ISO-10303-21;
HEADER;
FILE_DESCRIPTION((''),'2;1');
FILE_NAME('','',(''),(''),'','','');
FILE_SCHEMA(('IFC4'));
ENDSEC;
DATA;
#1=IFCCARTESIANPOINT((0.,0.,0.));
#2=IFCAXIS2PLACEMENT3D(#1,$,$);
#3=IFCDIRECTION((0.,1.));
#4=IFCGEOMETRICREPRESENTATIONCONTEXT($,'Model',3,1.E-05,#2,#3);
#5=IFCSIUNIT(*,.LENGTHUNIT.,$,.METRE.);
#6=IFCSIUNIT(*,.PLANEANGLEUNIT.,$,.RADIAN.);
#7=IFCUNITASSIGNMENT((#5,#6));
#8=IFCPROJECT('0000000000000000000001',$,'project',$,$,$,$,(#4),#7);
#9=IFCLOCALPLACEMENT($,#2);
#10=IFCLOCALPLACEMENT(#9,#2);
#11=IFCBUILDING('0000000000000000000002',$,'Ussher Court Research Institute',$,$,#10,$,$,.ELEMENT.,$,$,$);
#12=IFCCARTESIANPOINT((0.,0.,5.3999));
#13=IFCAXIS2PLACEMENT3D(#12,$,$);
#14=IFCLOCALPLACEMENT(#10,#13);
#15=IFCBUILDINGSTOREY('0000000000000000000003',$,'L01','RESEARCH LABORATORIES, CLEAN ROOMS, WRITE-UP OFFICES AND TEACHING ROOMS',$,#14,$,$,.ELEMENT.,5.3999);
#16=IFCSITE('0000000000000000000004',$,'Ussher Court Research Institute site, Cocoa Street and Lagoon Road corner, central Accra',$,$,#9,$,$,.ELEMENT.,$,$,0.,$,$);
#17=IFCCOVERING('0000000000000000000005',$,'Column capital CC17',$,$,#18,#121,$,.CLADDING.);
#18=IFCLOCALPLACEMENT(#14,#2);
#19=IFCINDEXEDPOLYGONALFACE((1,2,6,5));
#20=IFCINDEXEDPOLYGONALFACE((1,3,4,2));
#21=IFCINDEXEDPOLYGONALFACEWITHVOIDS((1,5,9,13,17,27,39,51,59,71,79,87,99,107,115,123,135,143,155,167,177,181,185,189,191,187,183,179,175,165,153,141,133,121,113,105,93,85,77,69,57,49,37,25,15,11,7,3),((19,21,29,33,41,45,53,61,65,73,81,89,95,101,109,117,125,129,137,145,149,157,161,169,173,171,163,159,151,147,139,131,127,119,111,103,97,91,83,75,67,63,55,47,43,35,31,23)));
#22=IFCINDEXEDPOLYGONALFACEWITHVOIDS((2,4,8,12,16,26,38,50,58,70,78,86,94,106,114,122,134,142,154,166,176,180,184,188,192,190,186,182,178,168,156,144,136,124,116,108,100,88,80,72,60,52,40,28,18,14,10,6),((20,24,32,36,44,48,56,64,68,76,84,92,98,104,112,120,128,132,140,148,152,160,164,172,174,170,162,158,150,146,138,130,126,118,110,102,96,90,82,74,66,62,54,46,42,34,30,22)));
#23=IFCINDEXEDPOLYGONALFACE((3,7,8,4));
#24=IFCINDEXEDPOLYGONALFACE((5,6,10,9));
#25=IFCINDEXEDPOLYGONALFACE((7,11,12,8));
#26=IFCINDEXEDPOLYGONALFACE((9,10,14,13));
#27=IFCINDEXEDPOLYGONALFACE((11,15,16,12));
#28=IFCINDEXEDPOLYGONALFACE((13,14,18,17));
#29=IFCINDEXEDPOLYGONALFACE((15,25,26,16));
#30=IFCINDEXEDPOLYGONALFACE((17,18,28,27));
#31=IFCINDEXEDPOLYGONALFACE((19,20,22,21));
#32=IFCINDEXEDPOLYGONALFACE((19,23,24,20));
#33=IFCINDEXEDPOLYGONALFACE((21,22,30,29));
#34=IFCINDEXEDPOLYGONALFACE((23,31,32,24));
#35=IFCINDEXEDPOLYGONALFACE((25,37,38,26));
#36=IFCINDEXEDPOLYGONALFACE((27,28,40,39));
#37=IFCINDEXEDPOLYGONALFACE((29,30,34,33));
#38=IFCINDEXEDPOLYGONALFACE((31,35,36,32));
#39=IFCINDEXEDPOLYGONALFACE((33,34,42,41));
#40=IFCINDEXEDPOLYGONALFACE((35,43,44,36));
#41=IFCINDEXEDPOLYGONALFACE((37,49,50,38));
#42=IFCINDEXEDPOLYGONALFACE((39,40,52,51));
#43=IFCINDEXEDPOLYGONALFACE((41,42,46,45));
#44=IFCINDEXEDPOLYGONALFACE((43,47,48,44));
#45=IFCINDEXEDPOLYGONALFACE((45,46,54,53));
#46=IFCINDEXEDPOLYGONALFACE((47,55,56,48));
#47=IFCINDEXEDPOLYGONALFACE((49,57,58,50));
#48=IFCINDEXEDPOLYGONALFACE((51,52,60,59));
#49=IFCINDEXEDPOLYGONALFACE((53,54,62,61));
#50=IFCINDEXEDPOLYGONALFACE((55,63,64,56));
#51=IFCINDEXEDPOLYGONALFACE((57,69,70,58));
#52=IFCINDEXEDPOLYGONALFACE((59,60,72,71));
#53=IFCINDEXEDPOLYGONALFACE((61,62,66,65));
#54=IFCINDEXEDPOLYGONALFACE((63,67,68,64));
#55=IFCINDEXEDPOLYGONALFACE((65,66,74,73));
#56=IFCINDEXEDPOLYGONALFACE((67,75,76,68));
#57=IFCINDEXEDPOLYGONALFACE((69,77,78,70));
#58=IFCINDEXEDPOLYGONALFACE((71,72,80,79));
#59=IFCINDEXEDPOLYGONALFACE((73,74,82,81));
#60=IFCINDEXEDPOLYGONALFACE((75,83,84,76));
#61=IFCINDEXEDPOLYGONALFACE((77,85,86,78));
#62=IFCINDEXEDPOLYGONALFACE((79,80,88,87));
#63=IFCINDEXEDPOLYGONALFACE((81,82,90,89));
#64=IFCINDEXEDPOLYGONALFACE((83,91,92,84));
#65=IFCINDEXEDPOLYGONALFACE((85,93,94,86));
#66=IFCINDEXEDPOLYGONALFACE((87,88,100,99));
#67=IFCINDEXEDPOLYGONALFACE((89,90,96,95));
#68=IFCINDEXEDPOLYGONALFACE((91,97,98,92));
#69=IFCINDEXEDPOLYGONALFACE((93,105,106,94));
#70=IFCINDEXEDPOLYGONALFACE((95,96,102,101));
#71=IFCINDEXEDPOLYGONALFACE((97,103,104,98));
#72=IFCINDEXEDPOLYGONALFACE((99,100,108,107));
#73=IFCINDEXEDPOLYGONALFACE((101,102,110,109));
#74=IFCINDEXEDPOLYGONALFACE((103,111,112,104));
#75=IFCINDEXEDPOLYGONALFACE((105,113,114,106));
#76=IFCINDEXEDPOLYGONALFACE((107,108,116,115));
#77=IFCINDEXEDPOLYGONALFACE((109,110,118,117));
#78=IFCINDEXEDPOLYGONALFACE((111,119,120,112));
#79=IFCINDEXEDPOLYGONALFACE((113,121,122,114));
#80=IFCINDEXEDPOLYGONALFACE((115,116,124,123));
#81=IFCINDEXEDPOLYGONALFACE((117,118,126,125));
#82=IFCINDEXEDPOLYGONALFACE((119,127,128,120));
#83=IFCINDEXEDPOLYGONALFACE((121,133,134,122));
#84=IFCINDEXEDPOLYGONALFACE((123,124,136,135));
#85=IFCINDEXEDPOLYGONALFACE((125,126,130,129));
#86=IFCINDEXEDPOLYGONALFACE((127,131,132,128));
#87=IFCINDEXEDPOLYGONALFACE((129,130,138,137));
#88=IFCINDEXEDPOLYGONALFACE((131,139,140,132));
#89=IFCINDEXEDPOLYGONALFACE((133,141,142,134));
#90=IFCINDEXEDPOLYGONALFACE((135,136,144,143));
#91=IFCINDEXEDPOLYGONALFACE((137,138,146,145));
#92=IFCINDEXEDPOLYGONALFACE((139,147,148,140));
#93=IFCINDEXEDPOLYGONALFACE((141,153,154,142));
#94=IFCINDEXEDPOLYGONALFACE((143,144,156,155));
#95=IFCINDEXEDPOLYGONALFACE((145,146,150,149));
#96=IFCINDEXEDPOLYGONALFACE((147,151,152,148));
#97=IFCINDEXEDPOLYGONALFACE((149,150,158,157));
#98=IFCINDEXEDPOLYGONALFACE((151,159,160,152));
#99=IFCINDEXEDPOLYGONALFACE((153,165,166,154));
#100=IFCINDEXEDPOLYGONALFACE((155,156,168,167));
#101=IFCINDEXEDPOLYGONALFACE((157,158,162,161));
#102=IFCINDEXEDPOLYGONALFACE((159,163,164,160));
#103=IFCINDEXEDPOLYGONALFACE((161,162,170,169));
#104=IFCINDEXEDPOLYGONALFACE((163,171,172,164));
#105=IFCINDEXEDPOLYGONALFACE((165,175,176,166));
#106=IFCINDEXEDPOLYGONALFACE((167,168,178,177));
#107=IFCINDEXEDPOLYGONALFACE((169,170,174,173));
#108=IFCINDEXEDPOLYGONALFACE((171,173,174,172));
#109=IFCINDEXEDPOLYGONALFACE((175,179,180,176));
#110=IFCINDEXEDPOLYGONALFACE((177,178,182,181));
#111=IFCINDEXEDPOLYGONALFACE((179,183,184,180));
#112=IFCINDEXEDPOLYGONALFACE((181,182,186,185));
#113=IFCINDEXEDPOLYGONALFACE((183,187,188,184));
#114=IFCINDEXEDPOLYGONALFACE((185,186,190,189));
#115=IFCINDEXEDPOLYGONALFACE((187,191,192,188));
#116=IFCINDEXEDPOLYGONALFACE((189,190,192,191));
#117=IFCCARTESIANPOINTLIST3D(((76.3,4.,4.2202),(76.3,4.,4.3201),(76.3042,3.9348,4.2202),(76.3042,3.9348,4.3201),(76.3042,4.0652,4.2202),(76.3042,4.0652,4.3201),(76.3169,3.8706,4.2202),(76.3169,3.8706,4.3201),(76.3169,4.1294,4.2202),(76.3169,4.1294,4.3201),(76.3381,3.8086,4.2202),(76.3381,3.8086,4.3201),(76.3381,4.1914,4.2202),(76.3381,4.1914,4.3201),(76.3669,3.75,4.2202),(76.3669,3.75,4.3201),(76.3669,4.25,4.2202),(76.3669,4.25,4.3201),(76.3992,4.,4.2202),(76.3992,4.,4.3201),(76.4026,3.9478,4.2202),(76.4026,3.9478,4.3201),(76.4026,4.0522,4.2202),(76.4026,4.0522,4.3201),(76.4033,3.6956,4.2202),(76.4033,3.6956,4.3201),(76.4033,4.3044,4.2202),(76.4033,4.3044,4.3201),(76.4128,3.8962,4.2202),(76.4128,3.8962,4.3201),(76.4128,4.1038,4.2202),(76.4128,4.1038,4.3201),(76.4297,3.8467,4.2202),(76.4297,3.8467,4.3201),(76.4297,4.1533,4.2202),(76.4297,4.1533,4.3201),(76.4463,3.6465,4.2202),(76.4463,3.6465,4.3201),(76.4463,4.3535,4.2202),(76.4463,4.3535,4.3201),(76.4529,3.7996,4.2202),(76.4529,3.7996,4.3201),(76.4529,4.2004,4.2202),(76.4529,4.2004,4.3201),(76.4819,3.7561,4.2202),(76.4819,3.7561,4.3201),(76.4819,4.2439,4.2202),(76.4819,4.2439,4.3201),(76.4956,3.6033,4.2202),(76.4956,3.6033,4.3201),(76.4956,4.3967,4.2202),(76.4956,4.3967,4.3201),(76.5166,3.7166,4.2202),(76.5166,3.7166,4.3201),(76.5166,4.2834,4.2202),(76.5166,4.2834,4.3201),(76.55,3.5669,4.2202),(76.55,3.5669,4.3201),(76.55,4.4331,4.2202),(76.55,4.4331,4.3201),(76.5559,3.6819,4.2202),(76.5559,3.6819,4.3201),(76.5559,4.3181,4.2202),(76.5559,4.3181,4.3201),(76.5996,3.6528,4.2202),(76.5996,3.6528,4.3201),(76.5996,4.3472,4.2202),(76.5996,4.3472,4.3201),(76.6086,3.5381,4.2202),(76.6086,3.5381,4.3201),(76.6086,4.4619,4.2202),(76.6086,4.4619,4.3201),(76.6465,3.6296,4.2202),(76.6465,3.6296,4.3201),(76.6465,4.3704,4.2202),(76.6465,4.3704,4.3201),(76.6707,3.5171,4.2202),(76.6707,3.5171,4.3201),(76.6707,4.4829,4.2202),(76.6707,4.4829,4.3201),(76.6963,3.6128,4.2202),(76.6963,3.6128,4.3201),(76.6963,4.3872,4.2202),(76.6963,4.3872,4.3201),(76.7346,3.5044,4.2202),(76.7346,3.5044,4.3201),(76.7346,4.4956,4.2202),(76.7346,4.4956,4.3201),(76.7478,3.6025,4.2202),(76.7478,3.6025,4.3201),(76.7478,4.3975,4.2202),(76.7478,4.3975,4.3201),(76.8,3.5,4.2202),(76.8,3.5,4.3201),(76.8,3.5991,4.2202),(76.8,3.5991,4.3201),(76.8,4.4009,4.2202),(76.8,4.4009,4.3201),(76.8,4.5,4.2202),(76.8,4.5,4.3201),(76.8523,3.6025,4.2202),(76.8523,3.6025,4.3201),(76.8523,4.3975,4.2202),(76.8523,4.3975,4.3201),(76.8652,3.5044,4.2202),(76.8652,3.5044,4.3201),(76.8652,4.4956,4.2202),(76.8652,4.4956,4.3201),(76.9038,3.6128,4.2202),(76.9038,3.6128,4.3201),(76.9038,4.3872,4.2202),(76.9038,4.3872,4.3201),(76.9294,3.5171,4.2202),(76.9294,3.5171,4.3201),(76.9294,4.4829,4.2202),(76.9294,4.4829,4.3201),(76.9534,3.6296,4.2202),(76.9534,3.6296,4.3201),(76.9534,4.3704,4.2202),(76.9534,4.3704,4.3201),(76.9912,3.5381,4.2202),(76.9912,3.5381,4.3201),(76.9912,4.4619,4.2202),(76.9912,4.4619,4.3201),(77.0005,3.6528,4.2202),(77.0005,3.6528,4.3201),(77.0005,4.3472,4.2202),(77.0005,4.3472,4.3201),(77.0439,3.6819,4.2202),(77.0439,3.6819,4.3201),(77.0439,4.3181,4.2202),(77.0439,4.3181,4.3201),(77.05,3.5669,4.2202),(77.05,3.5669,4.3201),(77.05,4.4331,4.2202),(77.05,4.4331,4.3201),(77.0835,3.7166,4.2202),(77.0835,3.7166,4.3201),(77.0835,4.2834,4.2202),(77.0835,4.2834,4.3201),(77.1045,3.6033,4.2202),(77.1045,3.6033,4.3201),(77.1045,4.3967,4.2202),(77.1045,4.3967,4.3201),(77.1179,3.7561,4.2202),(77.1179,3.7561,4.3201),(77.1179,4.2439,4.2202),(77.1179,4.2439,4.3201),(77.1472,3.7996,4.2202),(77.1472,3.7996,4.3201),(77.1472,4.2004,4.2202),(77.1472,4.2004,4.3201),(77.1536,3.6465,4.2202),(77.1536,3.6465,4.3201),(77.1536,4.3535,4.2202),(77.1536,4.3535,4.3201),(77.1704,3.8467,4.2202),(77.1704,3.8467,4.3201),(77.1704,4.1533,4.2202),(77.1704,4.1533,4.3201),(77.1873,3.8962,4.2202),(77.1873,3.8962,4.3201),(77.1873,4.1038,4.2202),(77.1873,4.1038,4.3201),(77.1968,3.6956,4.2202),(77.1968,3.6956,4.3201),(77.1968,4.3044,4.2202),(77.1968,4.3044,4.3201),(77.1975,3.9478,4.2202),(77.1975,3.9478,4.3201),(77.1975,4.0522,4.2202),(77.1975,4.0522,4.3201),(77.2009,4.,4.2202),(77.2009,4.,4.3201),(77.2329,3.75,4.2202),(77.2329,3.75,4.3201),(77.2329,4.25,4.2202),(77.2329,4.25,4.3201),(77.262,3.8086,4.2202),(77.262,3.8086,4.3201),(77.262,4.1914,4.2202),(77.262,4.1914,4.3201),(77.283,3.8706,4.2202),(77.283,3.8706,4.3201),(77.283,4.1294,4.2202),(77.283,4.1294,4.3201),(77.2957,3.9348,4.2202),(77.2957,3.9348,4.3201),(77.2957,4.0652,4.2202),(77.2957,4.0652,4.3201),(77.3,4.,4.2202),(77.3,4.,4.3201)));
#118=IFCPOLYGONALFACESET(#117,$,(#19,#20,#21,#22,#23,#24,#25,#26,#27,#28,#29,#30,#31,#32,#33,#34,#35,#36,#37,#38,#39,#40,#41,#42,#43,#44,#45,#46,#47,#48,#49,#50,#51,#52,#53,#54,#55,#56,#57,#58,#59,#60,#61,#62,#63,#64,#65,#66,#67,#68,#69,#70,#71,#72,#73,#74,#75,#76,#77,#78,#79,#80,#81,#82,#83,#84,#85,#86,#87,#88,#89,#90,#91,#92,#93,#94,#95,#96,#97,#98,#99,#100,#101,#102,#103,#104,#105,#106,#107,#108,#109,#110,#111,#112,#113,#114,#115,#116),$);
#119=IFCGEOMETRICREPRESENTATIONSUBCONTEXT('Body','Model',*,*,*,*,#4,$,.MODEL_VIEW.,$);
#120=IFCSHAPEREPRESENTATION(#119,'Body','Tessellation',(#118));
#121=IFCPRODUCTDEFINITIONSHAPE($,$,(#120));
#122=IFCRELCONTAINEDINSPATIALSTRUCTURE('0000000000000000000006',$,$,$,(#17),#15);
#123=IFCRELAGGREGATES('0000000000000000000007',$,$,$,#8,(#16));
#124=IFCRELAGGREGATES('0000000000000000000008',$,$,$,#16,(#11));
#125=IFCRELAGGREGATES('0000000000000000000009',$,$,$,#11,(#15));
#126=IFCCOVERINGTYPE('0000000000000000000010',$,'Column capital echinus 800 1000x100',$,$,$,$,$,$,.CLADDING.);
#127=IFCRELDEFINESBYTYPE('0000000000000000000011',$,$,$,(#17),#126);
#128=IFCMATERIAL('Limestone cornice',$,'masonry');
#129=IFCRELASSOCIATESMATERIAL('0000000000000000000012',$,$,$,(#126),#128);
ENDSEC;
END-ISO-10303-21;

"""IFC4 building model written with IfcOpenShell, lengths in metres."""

from ifc_helpers import new_model, si_unit, direction, frame, origin, place, context, subcontext, project, spatial, polyline, outline, extrude, material, type_object, element, save


model = new_model("IFC4")

# Units and contexts
model_context = context("Model", 3, precision=1e-05, world=origin(), true_north=direction((0.0, 1.0)))
body_context = subcontext(model_context, "Body", "Model", "MODEL_VIEW")
ifc_project = project(units=[si_unit("LENGTHUNIT", "METRE"), si_unit("PLANEANGLEUNIT", "RADIAN")], contexts=[model_context])

# Site, building, storey
site_placement = place(None, origin())
site = spatial("IfcSite", under=ifc_project, at=site_placement, Name="Ussher Court Research Institute site, Cocoa Street and Lagoon Road corner, central Accra", CompositionType="ELEMENT", RefElevation=0.0)
building_placement = place(site_placement, origin())
building = spatial("IfcBuilding", under=site, at=building_placement, Name="Ussher Court Research Institute", CompositionType="ELEMENT")
storey_placement = place(building_placement, frame((0.0, 0.0, 5.3999)))
storey = spatial("IfcBuildingStorey", under=building, at=storey_placement, Name="L01", Description="RESEARCH LABORATORIES, CLEAN ROOMS, WRITE-UP OFFICES AND TEACHING ROOMS", CompositionType="ELEMENT", Elevation=5.3999)

# Covering
ifc_material_1 = material(Name="Limestone cornice", Category="masonry")
covering_type_1 = type_object("IfcCoveringType", Name="Column capital echinus 800 1000x100", PredefinedType="CLADDING", material=ifc_material_1)
covering_1_placement = place(storey_placement, frame((0.0, 0.0, 4.2202)))
element("IfcCovering", 1, at=covering_1_placement, inside=storey, type_object=covering_type_1, Name="Column capital CC17", PredefinedType="CLADDING", context=body_context, shape_type="SweptSolid", body=[
    extrude(outline(polyline([(77.3, 4.0), (77.2957, 4.0652), (77.283, 4.1294), (77.262, 4.1914), (77.2329, 4.25), (77.1968, 4.3044), (77.1536, 4.3535), (77.1045, 4.3967), (77.05, 4.4331), (76.9912, 4.4619), (76.9294, 4.4829), (76.8652, 4.4956), (76.8, 4.5), (76.7346, 4.4956), (76.6707, 4.4829), (76.6086, 4.4619), (76.55, 4.4331), (76.4956, 4.3967), (76.4463, 4.3535), (76.4033, 4.3044), (76.3669, 4.25), (76.3381, 4.1914), (76.3169, 4.1294), (76.3042, 4.0652), (76.3, 4.0), (76.3042, 3.9348), (76.3169, 3.8706), (76.3381, 3.8086), (76.3669, 3.75), (76.4033, 3.6956), (76.4463, 3.6465), (76.4956, 3.6033), (76.55, 3.5669), (76.6086, 3.5381), (76.6707, 3.5171), (76.7346, 3.5044), (76.8, 3.5), (76.8652, 3.5044), (76.9294, 3.5171), (76.9912, 3.5381), (77.05, 3.5669), (77.1045, 3.6033), (77.1536, 3.6465), (77.1968, 3.6956), (77.2329, 3.75), (77.262, 3.8086), (77.283, 3.8706), (77.2957, 3.9348), (77.3, 4.0)]), holes=[polyline([(77.2009, 4.0), (77.1975, 4.0522), (77.1873, 4.1038), (77.1704, 4.1533), (77.1472, 4.2004), (77.1179, 4.2439), (77.0835, 4.2834), (77.0439, 4.3181), (77.0005, 4.3472), (76.9534, 4.3704), (76.9038, 4.3872), (76.8523, 4.3975), (76.8, 4.4009), (76.7478, 4.3975), (76.6963, 4.3872), (76.6465, 4.3704), (76.5996, 4.3472), (76.5559, 4.3181), (76.5166, 4.2834), (76.4819, 4.2439), (76.4529, 4.2004), (76.4297, 4.1533), (76.4128, 4.1038), (76.4026, 4.0522), (76.3992, 4.0), (76.4026, 3.9478), (76.4128, 3.8962), (76.4297, 3.8467), (76.4529, 3.7996), (76.4819, 3.7561), (76.5166, 3.7166), (76.5559, 3.6819), (76.5996, 3.6528), (76.6465, 3.6296), (76.6963, 3.6128), (76.7478, 3.6025), (76.8, 3.5991), (76.8523, 3.6025), (76.9038, 3.6128), (76.9534, 3.6296), (77.0005, 3.6528), (77.0439, 3.6819), (77.0835, 3.7166), (77.1179, 3.7561), (77.1472, 3.7996), (77.1704, 3.8467), (77.1873, 3.8962), (77.1975, 3.9478), (77.2009, 4.0)])]), origin(), (0.0, 0.0, 1.0), 0.0999),
])

save(model, "model.ifc")
